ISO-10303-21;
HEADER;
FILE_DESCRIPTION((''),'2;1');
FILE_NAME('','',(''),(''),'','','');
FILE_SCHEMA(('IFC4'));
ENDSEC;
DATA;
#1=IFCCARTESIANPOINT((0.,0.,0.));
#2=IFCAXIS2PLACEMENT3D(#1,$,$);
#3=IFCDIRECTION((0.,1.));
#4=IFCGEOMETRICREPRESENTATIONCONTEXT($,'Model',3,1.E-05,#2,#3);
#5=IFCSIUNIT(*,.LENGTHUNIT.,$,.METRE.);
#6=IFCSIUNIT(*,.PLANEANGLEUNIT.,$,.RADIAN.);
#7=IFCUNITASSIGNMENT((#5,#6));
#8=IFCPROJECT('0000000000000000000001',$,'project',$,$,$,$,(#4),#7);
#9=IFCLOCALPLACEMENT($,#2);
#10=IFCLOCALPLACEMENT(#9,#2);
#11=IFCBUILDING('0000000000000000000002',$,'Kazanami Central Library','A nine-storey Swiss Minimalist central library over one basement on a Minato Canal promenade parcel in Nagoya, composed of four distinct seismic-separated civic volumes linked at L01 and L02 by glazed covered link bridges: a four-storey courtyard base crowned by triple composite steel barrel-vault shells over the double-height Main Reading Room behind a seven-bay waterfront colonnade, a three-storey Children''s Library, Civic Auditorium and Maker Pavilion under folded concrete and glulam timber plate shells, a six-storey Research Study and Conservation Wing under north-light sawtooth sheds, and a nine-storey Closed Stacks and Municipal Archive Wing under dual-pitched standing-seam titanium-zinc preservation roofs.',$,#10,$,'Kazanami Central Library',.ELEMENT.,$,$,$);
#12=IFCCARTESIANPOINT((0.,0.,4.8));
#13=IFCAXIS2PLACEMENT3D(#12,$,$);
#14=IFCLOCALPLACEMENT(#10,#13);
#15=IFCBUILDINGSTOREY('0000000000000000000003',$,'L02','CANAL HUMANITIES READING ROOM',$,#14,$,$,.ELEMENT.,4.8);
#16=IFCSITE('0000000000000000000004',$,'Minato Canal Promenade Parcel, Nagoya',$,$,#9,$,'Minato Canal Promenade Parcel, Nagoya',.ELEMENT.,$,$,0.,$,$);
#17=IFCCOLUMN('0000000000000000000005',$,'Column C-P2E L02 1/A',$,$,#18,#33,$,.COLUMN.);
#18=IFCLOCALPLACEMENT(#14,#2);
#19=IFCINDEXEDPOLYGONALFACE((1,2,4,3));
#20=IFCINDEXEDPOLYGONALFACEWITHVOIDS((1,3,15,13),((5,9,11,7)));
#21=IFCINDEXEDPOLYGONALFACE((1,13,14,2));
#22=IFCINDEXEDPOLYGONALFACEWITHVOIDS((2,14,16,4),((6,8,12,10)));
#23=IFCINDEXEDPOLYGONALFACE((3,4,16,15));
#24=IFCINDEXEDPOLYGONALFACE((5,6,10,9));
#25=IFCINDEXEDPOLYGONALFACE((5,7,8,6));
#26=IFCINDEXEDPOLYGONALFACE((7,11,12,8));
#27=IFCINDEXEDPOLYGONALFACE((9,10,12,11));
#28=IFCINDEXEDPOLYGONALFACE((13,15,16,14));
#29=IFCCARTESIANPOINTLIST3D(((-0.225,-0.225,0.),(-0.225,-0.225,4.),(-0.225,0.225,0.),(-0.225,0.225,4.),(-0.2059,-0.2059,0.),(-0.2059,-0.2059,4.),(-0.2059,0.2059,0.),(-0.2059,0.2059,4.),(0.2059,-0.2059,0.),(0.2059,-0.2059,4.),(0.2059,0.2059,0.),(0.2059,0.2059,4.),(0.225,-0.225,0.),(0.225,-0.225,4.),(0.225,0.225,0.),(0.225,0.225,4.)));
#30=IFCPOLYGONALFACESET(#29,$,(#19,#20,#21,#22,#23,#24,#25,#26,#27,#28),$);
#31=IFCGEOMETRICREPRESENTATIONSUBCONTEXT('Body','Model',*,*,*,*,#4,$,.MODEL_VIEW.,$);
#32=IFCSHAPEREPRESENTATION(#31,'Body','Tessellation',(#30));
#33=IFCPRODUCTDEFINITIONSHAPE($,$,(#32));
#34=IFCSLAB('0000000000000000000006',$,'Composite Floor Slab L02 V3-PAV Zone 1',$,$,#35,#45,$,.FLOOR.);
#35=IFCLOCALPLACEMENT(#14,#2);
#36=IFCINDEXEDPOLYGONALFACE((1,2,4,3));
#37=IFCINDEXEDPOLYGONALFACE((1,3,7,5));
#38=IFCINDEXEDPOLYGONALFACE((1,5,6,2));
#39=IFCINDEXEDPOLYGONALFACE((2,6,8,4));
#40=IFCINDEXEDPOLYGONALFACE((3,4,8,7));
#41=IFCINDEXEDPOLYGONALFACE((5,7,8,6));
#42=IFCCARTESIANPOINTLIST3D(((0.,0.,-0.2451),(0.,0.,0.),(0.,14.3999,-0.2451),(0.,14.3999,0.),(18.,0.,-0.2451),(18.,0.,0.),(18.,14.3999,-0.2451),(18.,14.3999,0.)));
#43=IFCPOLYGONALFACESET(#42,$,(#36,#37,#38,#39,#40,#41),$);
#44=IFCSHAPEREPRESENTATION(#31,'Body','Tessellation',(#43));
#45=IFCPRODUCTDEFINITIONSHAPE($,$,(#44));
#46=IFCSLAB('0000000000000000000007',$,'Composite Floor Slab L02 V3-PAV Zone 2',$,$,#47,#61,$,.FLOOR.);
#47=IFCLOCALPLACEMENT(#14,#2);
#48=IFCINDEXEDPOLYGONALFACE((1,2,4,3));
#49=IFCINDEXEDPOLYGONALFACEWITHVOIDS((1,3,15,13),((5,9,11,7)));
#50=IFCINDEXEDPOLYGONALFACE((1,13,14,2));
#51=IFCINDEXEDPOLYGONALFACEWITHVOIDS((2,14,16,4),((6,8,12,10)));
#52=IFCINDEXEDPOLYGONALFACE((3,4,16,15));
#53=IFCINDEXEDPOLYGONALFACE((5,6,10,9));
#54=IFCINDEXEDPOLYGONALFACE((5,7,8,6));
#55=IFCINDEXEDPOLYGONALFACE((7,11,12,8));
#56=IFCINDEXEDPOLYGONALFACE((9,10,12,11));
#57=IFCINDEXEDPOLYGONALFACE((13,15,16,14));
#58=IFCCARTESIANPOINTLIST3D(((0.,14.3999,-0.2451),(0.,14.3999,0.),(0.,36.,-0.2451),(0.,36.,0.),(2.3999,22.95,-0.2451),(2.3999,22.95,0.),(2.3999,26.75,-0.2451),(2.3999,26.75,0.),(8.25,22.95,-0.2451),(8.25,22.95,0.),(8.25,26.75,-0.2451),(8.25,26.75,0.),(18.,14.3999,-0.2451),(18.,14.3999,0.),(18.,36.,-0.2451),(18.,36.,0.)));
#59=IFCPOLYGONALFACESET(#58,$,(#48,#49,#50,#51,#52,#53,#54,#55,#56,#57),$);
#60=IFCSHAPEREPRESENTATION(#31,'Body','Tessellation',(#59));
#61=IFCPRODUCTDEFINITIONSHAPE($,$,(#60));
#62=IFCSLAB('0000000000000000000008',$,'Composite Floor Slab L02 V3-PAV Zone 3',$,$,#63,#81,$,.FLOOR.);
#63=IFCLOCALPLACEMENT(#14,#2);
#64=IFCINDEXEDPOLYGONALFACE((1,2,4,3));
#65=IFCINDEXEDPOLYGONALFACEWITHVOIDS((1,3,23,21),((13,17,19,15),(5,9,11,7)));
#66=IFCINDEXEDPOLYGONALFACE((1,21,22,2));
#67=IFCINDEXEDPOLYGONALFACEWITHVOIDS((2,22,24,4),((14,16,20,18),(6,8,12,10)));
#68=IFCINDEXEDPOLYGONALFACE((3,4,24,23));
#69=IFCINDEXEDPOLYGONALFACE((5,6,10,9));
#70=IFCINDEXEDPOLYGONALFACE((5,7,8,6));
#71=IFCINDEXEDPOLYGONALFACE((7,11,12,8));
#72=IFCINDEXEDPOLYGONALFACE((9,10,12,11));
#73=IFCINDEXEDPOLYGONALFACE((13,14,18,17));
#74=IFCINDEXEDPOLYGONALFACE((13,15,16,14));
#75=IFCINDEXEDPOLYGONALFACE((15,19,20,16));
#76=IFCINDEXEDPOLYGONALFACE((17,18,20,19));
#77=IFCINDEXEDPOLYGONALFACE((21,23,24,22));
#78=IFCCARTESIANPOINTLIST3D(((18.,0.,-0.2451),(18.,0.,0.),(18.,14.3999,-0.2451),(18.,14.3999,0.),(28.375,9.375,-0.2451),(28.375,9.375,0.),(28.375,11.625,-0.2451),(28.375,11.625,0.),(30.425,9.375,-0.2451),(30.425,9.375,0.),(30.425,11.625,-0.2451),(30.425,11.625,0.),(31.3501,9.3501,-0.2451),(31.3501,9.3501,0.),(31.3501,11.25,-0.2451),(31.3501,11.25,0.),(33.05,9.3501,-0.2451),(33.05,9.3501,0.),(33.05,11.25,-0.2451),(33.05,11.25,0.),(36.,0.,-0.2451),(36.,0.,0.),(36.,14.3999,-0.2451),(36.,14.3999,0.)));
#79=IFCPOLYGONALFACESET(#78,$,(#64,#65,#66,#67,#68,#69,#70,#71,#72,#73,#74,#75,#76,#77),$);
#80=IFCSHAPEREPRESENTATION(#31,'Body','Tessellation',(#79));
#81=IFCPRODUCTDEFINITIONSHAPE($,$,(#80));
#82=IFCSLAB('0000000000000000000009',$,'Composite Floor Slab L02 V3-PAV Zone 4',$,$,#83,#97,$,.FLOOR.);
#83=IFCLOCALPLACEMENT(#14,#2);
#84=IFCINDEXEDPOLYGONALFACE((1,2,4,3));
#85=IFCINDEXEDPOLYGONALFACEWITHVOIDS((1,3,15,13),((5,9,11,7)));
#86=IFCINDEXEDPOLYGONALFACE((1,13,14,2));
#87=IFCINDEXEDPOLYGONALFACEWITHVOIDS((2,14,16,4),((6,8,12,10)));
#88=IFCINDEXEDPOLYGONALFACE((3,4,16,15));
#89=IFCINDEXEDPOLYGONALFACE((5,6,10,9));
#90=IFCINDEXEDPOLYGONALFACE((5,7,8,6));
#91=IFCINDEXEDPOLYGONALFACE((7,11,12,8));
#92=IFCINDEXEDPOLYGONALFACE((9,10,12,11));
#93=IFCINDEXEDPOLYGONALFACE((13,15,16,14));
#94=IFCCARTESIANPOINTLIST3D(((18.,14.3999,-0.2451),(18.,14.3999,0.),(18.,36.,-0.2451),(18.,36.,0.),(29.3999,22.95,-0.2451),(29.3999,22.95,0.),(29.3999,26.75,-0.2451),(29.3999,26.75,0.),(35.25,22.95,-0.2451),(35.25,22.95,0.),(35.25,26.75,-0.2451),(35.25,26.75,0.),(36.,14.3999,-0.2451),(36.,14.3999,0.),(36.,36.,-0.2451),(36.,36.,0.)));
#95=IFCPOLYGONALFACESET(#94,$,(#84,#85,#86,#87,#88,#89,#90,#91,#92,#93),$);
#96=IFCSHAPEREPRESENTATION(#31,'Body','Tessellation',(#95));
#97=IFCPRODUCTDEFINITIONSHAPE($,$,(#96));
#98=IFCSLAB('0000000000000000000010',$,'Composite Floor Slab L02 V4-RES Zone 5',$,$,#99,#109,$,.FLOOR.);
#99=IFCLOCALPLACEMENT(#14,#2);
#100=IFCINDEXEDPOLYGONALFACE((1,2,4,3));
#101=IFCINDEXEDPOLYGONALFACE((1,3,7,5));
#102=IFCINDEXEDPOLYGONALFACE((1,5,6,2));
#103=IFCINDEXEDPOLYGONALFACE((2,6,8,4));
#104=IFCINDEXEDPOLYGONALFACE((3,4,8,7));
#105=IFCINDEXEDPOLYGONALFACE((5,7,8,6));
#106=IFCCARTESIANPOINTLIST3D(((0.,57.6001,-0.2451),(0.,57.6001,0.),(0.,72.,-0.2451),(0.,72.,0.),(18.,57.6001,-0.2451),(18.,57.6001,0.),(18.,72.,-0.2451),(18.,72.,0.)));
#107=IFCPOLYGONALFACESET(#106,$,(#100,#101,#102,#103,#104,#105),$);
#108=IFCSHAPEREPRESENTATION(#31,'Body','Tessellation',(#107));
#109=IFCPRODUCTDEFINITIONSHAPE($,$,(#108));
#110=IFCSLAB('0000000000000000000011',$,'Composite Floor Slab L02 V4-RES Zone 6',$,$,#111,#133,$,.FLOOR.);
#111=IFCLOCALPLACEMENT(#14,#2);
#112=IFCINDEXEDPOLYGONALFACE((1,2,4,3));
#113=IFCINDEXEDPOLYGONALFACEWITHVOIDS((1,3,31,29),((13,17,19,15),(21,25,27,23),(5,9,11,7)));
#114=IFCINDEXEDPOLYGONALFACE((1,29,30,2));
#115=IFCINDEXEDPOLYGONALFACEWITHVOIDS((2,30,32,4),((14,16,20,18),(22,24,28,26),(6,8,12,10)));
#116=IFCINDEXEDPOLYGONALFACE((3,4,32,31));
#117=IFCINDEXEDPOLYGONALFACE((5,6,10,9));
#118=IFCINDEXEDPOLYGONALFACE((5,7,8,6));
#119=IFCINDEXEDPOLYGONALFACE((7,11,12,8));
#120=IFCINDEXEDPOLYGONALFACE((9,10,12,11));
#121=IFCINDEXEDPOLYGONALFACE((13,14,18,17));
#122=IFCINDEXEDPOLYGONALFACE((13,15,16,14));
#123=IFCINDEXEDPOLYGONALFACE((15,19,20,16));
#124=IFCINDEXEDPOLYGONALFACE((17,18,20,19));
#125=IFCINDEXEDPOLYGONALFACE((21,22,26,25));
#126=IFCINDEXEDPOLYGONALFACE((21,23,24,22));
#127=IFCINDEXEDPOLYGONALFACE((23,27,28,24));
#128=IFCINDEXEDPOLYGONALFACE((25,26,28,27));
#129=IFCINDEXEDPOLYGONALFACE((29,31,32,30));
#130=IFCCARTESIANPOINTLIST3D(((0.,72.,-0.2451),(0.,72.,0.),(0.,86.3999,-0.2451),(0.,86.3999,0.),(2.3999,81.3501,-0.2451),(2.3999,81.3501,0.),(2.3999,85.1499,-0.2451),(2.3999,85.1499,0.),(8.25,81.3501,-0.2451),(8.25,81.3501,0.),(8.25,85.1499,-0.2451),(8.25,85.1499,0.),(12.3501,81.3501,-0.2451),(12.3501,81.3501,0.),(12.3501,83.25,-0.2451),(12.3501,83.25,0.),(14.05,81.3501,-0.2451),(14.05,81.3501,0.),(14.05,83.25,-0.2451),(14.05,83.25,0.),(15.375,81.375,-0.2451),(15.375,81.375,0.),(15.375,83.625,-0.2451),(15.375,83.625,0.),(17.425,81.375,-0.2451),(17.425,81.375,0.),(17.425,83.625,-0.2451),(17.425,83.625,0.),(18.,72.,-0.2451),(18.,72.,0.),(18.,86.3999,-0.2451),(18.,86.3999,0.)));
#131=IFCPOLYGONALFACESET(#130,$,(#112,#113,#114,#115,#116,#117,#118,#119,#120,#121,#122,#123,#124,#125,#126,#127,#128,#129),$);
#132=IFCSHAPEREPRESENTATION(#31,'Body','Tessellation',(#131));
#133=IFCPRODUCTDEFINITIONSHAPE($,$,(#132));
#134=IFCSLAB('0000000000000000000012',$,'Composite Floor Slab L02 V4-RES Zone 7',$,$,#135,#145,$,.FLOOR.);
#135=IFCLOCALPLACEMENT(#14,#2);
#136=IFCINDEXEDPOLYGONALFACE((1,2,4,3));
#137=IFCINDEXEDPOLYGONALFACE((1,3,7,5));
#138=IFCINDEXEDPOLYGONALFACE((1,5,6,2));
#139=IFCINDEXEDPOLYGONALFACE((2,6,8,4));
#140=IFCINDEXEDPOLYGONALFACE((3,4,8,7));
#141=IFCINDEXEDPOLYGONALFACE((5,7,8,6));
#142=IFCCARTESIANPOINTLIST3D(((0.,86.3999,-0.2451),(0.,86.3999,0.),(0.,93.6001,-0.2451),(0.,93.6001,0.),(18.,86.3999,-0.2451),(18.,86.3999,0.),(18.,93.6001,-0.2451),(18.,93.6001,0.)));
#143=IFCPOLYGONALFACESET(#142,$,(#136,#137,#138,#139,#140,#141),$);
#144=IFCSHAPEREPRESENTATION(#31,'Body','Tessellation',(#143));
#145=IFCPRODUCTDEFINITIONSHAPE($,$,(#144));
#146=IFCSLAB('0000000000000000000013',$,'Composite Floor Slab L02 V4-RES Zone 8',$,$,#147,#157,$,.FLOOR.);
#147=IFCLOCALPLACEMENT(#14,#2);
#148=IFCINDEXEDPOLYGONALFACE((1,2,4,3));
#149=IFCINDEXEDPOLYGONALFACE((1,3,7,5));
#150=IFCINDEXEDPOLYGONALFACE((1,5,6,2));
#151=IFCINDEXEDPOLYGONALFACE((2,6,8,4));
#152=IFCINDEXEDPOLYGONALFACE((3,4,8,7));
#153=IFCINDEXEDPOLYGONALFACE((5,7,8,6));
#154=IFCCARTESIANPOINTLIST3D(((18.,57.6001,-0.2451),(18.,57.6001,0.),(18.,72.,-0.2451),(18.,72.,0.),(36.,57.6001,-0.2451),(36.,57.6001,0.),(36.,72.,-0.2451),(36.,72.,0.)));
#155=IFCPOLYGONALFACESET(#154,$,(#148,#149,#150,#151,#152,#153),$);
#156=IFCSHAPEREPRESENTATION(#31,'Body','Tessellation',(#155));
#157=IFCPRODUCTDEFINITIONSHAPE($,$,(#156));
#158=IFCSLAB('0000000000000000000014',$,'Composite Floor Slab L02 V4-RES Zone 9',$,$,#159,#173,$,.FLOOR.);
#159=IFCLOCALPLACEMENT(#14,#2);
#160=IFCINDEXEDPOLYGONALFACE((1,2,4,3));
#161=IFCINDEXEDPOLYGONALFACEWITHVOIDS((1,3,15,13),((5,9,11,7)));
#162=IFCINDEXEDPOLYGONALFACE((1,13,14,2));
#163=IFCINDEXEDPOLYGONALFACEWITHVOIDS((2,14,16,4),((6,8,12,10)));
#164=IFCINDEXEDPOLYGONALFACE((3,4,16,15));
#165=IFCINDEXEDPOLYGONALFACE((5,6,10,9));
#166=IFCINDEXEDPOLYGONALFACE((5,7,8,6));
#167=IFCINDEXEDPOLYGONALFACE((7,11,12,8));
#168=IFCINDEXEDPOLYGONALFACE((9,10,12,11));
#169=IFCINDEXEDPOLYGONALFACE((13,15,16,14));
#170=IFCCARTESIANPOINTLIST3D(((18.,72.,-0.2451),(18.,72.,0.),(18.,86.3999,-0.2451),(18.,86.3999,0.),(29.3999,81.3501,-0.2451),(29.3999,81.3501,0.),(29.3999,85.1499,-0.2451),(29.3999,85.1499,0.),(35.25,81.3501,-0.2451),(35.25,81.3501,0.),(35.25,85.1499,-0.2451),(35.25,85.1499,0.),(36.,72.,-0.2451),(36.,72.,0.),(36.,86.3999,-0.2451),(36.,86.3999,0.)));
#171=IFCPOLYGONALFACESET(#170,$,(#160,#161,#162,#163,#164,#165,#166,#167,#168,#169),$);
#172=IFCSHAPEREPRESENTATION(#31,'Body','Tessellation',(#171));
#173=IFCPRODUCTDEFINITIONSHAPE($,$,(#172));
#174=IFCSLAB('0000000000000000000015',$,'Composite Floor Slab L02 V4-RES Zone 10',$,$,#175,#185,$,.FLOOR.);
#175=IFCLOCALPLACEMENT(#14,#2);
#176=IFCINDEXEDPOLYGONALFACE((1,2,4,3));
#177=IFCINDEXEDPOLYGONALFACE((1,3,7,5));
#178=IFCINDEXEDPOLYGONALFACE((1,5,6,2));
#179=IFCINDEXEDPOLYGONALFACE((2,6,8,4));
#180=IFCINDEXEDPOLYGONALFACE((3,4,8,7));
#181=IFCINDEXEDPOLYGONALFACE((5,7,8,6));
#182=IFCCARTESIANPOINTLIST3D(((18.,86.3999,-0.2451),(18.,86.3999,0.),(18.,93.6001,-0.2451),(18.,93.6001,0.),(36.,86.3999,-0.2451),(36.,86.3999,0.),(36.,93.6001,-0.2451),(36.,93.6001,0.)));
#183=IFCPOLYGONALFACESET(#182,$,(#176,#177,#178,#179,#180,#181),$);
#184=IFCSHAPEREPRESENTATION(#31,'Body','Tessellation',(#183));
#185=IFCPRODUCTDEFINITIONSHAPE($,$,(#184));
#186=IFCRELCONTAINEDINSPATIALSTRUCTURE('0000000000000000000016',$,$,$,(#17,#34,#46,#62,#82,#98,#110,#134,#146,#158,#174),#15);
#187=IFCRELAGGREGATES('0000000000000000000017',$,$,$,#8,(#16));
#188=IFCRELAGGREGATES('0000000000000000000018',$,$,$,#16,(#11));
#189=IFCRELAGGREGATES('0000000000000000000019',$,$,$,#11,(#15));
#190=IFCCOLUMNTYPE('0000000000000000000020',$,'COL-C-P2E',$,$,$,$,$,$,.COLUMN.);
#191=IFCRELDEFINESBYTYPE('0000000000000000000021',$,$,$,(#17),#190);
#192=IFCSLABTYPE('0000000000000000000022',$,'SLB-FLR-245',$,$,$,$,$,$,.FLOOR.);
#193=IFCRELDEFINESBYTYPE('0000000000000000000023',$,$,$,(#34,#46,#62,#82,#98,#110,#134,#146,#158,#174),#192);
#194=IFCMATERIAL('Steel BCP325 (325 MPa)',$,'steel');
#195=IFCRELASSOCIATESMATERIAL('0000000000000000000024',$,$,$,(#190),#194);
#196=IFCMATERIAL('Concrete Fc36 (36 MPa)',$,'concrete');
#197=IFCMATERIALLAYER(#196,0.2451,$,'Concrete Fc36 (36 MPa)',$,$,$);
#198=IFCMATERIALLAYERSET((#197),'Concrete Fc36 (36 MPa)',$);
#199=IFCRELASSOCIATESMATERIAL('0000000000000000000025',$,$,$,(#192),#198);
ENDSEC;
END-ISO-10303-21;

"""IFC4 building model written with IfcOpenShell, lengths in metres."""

from ifc_helpers import new_model, si_unit, direction, frame, origin, origin_with_axes, origin_2d, place, context, subcontext, project, spatial, polyline, hollow_rectangle, outline, extrude, material, layer, layer_set, material_profile, profile_set, type_object, element, save


model = new_model("IFC4")

# Units and contexts
model_context = context("Model", 3, precision=1e-05, world=origin(), true_north=direction((0.0, 1.0)))
body_context = subcontext(model_context, "Body", "Model", "MODEL_VIEW")
ifc_project = project(units=[si_unit("LENGTHUNIT", "METRE"), si_unit("PLANEANGLEUNIT", "RADIAN")], contexts=[model_context])

# Site, building, storey
site_placement = place(None, origin())
site = spatial("IfcSite", under=ifc_project, at=site_placement, Name="Minato Canal Promenade Parcel, Nagoya", LongName="Minato Canal Promenade Parcel, Nagoya", CompositionType="ELEMENT", RefElevation=0.0)
building_placement = place(site_placement, origin())
building = spatial("IfcBuilding", under=site, at=building_placement, Name="Kazanami Central Library", Description="A nine-storey Swiss Minimalist central library over one basement on a Minato Canal promenade parcel in Nagoya, composed of four distinct seismic-separated civic volumes linked at L01 and L02 by glazed covered link bridges: a four-storey courtyard base crowned by triple composite steel barrel-vault shells over the double-height Main Reading Room behind a seven-bay waterfront colonnade, a three-storey Children's Library, Civic Auditorium and Maker Pavilion under folded concrete and glulam timber plate shells, a six-storey Research Study and Conservation Wing under north-light sawtooth sheds, and a nine-storey Closed Stacks and Municipal Archive Wing under dual-pitched standing-seam titanium-zinc preservation roofs.", LongName="Kazanami Central Library", CompositionType="ELEMENT")
storey_placement = place(building_placement, frame((0.0, 0.0, 4.8)))
storey = spatial("IfcBuildingStorey", under=building, at=storey_placement, Name="L02", Description="CANAL HUMANITIES READING ROOM", CompositionType="ELEMENT", Elevation=4.8)

# Column
ifc_material_1 = material(Name="Steel BCP325 (325 MPa)", Category="steel")
ifc_material_profile = material_profile(ifc_material_1, hollow_rectangle(XDim=0.45, YDim=0.45, WallThickness=0.019, at=origin_2d()), Name="BCP-450x450x19")
ifc_profile_set = profile_set([ifc_material_profile], Name="Steel BCP325 (325 MPa)")
column_type = type_object("IfcColumnType", Name="COL-C-P2E", PredefinedType="COLUMN", material=ifc_profile_set)
column_placement = place(storey_placement, origin_with_axes())
element("IfcColumn", 1, at=column_placement, inside=storey, type_object=column_type, Name="Column C-P2E L02 1/A", PredefinedType="COLUMN", context=body_context, shape_type="SweptSolid", body=[
    extrude(hollow_rectangle(XDim=0.45, YDim=0.45, WallThickness=0.019, at=origin_2d()), origin(), (0.0, 0.0, 1.0), 4.0),
])

# Slabs
ifc_material_2 = material(Name="Concrete Fc36 (36 MPa)", Category="concrete")
ifc_layer = layer(ifc_material_2, 0.2451, Name="Concrete Fc36 (36 MPa)")
ifc_layer_set = layer_set([ifc_layer], Name="Concrete Fc36 (36 MPa)")
slab_type = type_object("IfcSlabType", Name="SLB-FLR-245", PredefinedType="FLOOR", material=ifc_layer_set)
slab_1_placement = place(storey_placement, frame((0.0, 0.0, -0.2451)))
element("IfcSlab", 2, at=slab_1_placement, inside=storey, type_object=slab_type, Name="Composite Floor Slab L02 V3-PAV Zone 1", PredefinedType="FLOOR", context=body_context, shape_type="SweptSolid", body=[
    extrude(outline(polyline([(0.0, 0.0), (18.0, 0.0), (18.0, 14.3999), (0.0, 14.3999), (0.0, 0.0)])), origin(), (0.0, 0.0, 1.0), 0.2451),
])
slab_2_placement = place(storey_placement, frame((0.0, 0.0, -0.2451)))
element("IfcSlab", 3, at=slab_2_placement, inside=storey, type_object=slab_type, Name="Composite Floor Slab L02 V3-PAV Zone 2", PredefinedType="FLOOR", context=body_context, shape_type="SweptSolid", body=[
    extrude(outline(polyline([(0.0, 14.3999), (18.0, 14.3999), (18.0, 36.0), (0.0, 36.0), (0.0, 14.3999)]), holes=[polyline([(2.3999, 22.95), (8.25, 22.95), (8.25, 26.75), (2.3999, 26.75), (2.3999, 22.95)])]), origin(), (0.0, 0.0, 1.0), 0.2451),
])
slab_3_placement = place(storey_placement, frame((0.0, 0.0, -0.2451)))
element("IfcSlab", 4, at=slab_3_placement, inside=storey, type_object=slab_type, Name="Composite Floor Slab L02 V3-PAV Zone 3", PredefinedType="FLOOR", context=body_context, shape_type="SweptSolid", body=[
    extrude(outline(polyline([(18.0, 0.0), (36.0, 0.0), (36.0, 14.3999), (18.0, 14.3999), (18.0, 0.0)]), holes=[polyline([(28.375, 9.375), (30.425, 9.375), (30.425, 11.625), (28.375, 11.625), (28.375, 9.375)]), polyline([(31.3501, 9.3501), (33.05, 9.3501), (33.05, 11.25), (31.3501, 11.25), (31.3501, 9.3501)])]), origin(), (0.0, 0.0, 1.0), 0.2451),
])
slab_4_placement = place(storey_placement, frame((0.0, 0.0, -0.2451)))
element("IfcSlab", 5, at=slab_4_placement, inside=storey, type_object=slab_type, Name="Composite Floor Slab L02 V3-PAV Zone 4", PredefinedType="FLOOR", context=body_context, shape_type="SweptSolid", body=[
    extrude(outline(polyline([(18.0, 14.3999), (36.0, 14.3999), (36.0, 36.0), (18.0, 36.0), (18.0, 14.3999)]), holes=[polyline([(29.3999, 22.95), (35.25, 22.95), (35.25, 26.75), (29.3999, 26.75), (29.3999, 22.95)])]), origin(), (0.0, 0.0, 1.0), 0.2451),
])
slab_5_placement = place(storey_placement, frame((0.0, 0.0, -0.2451)))
element("IfcSlab", 6, at=slab_5_placement, inside=storey, type_object=slab_type, Name="Composite Floor Slab L02 V4-RES Zone 5", PredefinedType="FLOOR", context=body_context, shape_type="SweptSolid", body=[
    extrude(outline(polyline([(0.0, 57.6001), (18.0, 57.6001), (18.0, 72.0), (0.0, 72.0), (0.0, 57.6001)])), origin(), (0.0, 0.0, 1.0), 0.2451),
])
slab_6_placement = place(storey_placement, frame((0.0, 0.0, -0.2451)))
element("IfcSlab", 7, at=slab_6_placement, inside=storey, type_object=slab_type, Name="Composite Floor Slab L02 V4-RES Zone 6", PredefinedType="FLOOR", context=body_context, shape_type="SweptSolid", body=[
    extrude(outline(polyline([(0.0, 72.0), (18.0, 72.0), (18.0, 86.3999), (0.0, 86.3999), (0.0, 72.0)]), holes=[polyline([(2.3999, 81.3501), (8.25, 81.3501), (8.25, 85.1499), (2.3999, 85.1499), (2.3999, 81.3501)]), polyline([(15.375, 81.375), (17.425, 81.375), (17.425, 83.625), (15.375, 83.625), (15.375, 81.375)]), polyline([(12.3501, 81.3501), (14.05, 81.3501), (14.05, 83.25), (12.3501, 83.25), (12.3501, 81.3501)])]), origin(), (0.0, 0.0, 1.0), 0.2451),
])
slab_7_placement = place(storey_placement, frame((0.0, 0.0, -0.2451)))
element("IfcSlab", 8, at=slab_7_placement, inside=storey, type_object=slab_type, Name="Composite Floor Slab L02 V4-RES Zone 7", PredefinedType="FLOOR", context=body_context, shape_type="SweptSolid", body=[
    extrude(outline(polyline([(0.0, 86.3999), (18.0, 86.3999), (18.0, 93.6001), (0.0, 93.6001), (0.0, 86.3999)])), origin(), (0.0, 0.0, 1.0), 0.2451),
])
slab_8_placement = place(storey_placement, frame((0.0, 0.0, -0.2451)))
element("IfcSlab", 9, at=slab_8_placement, inside=storey, type_object=slab_type, Name="Composite Floor Slab L02 V4-RES Zone 8", PredefinedType="FLOOR", context=body_context, shape_type="SweptSolid", body=[
    extrude(outline(polyline([(18.0, 57.6001), (36.0, 57.6001), (36.0, 72.0), (18.0, 72.0), (18.0, 57.6001)])), origin(), (0.0, 0.0, 1.0), 0.2451),
])
slab_9_placement = place(storey_placement, frame((0.0, 0.0, -0.2451)))
element("IfcSlab", 10, at=slab_9_placement, inside=storey, type_object=slab_type, Name="Composite Floor Slab L02 V4-RES Zone 9", PredefinedType="FLOOR", context=body_context, shape_type="SweptSolid", body=[
    extrude(outline(polyline([(18.0, 72.0), (36.0, 72.0), (36.0, 86.3999), (18.0, 86.3999), (18.0, 72.0)]), holes=[polyline([(29.3999, 81.3501), (35.25, 81.3501), (35.25, 85.1499), (29.3999, 85.1499), (29.3999, 81.3501)])]), origin(), (0.0, 0.0, 1.0), 0.2451),
])
slab_10_placement = place(storey_placement, frame((0.0, 0.0, -0.2451)))
element("IfcSlab", 11, at=slab_10_placement, inside=storey, type_object=slab_type, Name="Composite Floor Slab L02 V4-RES Zone 10", PredefinedType="FLOOR", context=body_context, shape_type="SweptSolid", body=[
    extrude(outline(polyline([(18.0, 86.3999), (36.0, 86.3999), (36.0, 93.6001), (18.0, 93.6001), (18.0, 86.3999)])), origin(), (0.0, 0.0, 1.0), 0.2451),
])

save(model, "model.ifc")
